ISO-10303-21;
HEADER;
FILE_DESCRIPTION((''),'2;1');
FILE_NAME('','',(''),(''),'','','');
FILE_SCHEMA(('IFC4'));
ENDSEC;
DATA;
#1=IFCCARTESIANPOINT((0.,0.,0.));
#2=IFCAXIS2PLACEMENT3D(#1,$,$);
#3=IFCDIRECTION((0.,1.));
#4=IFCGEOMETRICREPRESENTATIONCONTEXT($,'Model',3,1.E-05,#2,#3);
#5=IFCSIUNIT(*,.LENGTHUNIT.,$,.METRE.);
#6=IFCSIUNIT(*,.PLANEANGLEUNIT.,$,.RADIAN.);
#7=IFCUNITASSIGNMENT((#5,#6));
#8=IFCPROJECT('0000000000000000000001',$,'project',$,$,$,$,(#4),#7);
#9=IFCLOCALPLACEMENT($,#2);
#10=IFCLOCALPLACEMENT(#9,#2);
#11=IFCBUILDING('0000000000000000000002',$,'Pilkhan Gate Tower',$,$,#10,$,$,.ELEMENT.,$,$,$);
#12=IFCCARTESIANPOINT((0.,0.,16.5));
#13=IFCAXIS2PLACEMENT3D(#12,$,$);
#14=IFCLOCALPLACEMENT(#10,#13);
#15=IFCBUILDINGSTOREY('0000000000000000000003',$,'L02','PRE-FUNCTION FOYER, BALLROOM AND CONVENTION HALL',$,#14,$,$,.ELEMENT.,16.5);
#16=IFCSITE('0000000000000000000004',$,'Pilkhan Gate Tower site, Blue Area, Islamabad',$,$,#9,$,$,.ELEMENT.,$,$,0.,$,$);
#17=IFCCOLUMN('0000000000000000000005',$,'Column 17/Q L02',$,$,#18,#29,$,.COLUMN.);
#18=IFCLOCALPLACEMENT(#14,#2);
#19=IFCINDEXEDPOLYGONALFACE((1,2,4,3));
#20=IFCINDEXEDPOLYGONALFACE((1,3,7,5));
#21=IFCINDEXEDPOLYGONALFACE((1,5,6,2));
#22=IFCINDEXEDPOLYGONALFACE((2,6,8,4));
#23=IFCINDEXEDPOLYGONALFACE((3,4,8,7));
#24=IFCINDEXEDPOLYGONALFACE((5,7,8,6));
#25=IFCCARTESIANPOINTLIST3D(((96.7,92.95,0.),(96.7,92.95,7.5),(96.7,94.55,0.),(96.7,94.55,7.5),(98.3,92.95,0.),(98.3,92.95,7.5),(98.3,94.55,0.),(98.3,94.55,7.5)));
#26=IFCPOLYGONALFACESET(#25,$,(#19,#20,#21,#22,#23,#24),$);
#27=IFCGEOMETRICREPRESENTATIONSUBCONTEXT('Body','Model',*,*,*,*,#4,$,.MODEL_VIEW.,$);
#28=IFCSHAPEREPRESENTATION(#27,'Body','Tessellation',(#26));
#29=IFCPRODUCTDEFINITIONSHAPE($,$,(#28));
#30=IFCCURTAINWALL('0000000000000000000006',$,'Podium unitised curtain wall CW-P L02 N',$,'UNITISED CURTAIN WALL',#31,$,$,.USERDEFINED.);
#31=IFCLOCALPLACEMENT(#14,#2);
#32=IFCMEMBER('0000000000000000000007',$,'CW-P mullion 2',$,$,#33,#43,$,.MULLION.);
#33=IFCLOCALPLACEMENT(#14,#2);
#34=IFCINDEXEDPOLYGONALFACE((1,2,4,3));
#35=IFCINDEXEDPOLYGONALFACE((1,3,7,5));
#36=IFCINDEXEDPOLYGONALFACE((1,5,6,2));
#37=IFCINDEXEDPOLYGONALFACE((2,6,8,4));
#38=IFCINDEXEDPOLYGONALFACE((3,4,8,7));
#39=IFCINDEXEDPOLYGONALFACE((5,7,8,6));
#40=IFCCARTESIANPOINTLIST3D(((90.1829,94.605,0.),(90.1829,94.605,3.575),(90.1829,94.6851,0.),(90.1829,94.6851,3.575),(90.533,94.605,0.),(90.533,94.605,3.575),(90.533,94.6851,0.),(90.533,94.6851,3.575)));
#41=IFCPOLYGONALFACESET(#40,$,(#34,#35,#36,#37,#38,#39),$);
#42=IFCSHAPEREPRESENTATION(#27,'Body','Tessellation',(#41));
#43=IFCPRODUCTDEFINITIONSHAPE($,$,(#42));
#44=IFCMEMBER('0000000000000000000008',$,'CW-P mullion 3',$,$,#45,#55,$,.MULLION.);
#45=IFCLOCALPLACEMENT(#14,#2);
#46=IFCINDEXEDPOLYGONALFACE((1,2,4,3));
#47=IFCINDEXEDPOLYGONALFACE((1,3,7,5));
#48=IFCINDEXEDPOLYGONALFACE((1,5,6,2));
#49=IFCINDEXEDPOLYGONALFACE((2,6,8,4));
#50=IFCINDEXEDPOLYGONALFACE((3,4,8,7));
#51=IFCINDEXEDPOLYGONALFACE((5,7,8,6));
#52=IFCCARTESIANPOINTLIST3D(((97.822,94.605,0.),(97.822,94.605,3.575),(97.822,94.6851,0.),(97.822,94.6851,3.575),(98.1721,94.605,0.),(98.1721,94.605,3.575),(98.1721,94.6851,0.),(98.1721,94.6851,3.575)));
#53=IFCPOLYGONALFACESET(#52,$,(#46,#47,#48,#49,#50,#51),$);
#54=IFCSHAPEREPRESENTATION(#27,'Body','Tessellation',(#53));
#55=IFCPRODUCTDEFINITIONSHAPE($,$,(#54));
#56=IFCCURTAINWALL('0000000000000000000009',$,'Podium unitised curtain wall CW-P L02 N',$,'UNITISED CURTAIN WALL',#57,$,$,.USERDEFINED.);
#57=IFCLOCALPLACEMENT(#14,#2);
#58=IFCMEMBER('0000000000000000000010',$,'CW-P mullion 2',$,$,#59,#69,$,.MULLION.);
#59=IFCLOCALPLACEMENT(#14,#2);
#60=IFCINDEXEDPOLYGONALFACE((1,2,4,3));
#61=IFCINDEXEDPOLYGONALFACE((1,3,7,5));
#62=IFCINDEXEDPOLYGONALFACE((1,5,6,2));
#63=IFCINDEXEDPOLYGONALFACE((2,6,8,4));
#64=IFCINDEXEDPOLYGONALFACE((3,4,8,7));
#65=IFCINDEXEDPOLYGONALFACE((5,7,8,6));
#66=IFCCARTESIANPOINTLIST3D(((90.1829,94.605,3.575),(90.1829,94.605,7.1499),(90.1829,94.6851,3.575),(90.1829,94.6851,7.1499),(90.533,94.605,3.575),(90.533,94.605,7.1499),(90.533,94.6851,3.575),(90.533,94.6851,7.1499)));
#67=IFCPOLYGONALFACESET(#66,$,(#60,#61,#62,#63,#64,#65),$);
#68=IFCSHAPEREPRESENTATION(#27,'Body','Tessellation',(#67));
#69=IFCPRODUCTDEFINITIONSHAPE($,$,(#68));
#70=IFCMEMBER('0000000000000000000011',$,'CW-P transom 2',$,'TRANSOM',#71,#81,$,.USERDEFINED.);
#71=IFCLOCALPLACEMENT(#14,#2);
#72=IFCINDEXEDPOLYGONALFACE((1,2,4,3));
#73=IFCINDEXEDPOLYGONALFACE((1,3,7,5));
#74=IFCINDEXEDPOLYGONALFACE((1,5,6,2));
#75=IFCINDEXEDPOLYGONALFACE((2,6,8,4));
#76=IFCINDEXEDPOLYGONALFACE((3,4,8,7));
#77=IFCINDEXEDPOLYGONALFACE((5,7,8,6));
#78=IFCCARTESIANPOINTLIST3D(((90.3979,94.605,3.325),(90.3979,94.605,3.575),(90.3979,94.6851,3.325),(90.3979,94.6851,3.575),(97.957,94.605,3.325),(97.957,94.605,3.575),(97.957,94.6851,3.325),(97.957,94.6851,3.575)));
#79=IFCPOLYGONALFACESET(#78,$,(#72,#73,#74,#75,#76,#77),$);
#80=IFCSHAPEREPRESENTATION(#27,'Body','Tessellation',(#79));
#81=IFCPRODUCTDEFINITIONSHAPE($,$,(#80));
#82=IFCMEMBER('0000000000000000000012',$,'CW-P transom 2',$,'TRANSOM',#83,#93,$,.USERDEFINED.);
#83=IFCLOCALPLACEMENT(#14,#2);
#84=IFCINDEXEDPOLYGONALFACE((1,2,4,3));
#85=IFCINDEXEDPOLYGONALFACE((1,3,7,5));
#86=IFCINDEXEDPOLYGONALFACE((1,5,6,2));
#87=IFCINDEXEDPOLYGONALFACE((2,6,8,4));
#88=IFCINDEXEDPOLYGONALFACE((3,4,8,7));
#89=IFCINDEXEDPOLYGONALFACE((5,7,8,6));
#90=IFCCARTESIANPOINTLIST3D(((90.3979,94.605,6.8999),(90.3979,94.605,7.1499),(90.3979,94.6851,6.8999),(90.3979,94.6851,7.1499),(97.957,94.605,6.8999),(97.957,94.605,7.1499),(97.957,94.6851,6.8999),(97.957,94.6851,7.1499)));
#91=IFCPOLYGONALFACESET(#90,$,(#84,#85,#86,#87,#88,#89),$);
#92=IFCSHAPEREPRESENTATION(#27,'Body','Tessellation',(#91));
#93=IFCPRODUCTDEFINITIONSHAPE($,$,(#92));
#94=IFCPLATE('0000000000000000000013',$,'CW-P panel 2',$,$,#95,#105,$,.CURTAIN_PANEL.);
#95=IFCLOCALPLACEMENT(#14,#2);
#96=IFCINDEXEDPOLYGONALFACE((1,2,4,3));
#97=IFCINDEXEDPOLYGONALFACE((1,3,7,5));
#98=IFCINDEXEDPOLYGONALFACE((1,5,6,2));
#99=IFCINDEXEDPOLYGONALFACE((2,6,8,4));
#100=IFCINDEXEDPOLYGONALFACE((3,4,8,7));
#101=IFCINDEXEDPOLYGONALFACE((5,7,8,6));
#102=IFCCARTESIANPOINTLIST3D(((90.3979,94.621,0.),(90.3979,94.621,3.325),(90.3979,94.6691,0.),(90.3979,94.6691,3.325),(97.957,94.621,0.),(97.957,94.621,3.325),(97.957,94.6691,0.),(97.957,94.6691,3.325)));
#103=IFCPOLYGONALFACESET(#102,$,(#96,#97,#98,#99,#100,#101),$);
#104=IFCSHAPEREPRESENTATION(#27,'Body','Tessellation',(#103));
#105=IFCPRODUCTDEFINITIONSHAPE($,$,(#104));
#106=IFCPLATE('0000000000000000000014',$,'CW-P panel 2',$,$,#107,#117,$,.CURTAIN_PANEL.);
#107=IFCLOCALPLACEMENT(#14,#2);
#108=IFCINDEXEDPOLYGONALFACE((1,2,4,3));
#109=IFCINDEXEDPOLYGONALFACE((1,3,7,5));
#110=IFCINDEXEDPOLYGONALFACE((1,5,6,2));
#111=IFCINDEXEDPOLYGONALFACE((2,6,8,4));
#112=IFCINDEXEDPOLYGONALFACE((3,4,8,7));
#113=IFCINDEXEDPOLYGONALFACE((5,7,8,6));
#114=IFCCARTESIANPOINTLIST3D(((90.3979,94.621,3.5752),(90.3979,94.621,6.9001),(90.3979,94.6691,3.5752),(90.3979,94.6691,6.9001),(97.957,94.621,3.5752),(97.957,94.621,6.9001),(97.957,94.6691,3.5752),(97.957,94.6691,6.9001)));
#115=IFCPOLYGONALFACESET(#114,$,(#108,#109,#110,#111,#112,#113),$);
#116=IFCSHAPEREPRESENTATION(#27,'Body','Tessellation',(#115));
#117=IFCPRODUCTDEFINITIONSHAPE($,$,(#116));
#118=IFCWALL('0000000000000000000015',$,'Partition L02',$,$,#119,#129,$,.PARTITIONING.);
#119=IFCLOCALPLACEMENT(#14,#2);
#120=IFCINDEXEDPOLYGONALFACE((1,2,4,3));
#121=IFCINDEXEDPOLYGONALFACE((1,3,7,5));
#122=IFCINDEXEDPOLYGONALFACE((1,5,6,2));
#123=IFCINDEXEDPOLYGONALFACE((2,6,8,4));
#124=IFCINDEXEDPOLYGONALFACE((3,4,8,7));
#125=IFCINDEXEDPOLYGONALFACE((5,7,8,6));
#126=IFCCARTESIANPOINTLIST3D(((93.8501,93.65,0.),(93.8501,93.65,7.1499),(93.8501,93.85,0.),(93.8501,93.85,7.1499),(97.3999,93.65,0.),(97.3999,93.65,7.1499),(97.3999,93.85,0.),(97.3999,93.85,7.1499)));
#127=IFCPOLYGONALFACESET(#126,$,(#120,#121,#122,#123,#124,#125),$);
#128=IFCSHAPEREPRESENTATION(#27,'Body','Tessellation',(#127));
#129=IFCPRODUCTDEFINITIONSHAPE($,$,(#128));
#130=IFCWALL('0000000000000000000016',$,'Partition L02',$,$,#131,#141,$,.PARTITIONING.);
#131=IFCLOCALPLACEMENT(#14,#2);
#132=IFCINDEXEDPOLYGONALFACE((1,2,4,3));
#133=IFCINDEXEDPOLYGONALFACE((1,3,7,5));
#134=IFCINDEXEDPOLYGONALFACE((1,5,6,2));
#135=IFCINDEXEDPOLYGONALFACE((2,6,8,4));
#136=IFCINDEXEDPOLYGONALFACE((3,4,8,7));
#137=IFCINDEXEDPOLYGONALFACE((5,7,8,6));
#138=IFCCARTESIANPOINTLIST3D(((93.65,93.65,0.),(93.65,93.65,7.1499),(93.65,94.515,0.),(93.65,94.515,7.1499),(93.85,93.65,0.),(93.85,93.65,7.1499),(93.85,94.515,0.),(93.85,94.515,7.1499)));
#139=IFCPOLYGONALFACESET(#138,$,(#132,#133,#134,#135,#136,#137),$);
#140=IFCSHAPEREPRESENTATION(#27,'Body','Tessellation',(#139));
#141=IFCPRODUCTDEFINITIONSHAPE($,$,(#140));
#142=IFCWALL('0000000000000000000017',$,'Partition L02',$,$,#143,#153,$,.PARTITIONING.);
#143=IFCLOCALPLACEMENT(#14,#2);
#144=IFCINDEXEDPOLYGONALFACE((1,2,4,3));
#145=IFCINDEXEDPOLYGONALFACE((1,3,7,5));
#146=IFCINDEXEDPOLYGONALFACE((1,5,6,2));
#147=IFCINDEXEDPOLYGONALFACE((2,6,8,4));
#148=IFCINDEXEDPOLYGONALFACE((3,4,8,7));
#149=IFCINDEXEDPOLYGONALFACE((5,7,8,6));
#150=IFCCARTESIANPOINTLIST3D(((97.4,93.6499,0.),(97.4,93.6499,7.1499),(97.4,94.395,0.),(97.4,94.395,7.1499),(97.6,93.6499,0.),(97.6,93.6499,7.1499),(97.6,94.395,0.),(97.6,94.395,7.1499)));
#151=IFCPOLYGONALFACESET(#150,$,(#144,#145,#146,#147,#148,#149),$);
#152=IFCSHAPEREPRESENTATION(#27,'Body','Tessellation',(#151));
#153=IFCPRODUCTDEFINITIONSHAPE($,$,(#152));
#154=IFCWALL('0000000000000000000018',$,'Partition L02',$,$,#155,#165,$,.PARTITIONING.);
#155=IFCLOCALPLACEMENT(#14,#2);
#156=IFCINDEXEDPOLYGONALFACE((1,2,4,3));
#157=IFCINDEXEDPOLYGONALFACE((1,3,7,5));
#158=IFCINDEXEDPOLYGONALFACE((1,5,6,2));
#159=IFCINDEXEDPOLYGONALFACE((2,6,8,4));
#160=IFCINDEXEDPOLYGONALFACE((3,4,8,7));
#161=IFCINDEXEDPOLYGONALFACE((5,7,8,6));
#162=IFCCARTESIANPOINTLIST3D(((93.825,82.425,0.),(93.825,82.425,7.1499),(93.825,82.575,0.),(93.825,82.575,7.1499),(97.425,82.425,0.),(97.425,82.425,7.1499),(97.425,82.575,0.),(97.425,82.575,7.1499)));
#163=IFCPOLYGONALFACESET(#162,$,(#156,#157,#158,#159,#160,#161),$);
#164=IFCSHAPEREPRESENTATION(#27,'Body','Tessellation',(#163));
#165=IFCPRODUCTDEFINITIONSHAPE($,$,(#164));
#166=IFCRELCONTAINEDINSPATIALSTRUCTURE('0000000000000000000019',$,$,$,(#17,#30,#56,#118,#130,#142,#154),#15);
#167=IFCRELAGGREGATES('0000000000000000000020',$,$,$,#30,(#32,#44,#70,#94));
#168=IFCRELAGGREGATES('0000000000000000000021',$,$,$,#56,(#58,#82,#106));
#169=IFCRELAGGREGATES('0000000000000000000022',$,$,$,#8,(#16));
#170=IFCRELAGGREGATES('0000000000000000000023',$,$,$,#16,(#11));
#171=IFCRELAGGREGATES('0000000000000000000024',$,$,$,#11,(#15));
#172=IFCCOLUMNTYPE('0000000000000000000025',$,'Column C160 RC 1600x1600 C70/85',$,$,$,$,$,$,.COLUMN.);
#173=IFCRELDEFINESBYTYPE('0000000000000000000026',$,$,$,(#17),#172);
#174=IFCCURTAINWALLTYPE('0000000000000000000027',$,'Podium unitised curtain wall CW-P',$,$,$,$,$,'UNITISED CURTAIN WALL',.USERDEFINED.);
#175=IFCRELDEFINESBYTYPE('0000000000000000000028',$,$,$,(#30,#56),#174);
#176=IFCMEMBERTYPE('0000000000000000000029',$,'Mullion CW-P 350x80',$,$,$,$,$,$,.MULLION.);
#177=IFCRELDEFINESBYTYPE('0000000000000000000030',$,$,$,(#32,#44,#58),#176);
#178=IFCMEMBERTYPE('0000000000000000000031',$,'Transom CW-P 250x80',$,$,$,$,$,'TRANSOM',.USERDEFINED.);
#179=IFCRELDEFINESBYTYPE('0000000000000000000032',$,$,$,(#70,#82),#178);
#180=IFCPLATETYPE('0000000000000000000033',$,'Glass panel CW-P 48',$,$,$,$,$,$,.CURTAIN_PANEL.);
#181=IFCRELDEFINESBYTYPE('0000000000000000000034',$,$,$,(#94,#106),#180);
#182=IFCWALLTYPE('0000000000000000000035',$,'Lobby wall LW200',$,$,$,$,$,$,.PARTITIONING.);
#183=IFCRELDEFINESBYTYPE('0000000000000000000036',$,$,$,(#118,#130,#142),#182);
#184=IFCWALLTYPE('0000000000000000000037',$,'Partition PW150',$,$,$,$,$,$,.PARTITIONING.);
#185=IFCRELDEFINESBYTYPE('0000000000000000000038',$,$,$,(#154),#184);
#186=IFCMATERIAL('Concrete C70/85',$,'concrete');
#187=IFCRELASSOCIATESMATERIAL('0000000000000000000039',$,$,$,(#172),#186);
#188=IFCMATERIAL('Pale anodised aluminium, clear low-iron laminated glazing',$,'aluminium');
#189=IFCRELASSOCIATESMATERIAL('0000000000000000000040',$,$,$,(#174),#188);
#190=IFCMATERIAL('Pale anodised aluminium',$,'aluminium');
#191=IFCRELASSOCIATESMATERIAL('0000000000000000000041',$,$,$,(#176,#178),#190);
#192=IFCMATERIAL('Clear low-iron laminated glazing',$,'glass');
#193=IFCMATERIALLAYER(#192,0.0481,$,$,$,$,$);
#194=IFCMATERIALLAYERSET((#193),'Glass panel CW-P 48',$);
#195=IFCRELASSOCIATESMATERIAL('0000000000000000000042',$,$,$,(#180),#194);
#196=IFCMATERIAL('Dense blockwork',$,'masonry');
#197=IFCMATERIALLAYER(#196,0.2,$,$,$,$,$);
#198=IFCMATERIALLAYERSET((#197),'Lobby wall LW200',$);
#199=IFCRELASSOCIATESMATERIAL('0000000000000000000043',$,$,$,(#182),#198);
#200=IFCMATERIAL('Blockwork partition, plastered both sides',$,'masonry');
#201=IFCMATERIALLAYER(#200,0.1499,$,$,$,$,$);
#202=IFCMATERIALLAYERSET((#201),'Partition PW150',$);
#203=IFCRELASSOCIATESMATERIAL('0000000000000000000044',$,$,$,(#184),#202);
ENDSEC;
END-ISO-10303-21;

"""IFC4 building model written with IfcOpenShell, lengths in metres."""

from ifc_helpers import new_model, si_unit, direction, frame, frame_2d, origin, origin_2d, place, context, subcontext, project, spatial, rectangle, extrude, material, layer, layer_set, material_profile, profile_set, type_object, element, aggregate, save


model = new_model("IFC4")

# Units and contexts
model_context = context("Model", 3, precision=1e-05, world=origin(), true_north=direction((0.0, 1.0)))
body_context = subcontext(model_context, "Body", "Model", "MODEL_VIEW")
ifc_project = project(units=[si_unit("LENGTHUNIT", "METRE"), si_unit("PLANEANGLEUNIT", "RADIAN")], contexts=[model_context])

# Site, building, storey
site_placement = place(None, origin())
site = spatial("IfcSite", under=ifc_project, at=site_placement, Name="Pilkhan Gate Tower site, Blue Area, Islamabad", CompositionType="ELEMENT", RefElevation=0.0)
building_placement = place(site_placement, origin())
building = spatial("IfcBuilding", under=site, at=building_placement, Name="Pilkhan Gate Tower", CompositionType="ELEMENT")
storey_placement = place(building_placement, frame((0.0, 0.0, 16.5)))
storey = spatial("IfcBuildingStorey", under=building, at=storey_placement, Name="L02", Description="PRE-FUNCTION FOYER, BALLROOM AND CONVENTION HALL", CompositionType="ELEMENT", Elevation=16.5)

# Column
ifc_material_1 = material(Name="Concrete C70/85", Category="concrete")
ifc_material_profile_1 = material_profile(ifc_material_1, rectangle(XDim=1.6001, YDim=1.6001, at=origin_2d()), Name="RC 1600x1600")
ifc_profile_set_1 = profile_set([ifc_material_profile_1], Name="Concrete C70/85")
column_type = type_object("IfcColumnType", Name="Column C160 RC 1600x1600 C70/85", PredefinedType="COLUMN", material=ifc_profile_set_1)
column_placement = place(storey_placement, frame((97.5, 93.75, 0.0), z_axis=(0.0, 0.0, 1.0), x_axis=(1.0, 0.0, 0.0)))
element("IfcColumn", 1, at=column_placement, inside=storey, type_object=column_type, Name="Column 17/Q L02", PredefinedType="COLUMN", context=body_context, shape_type="SweptSolid", body=[
    extrude(rectangle(XDim=1.6001, YDim=1.6001, at=origin_2d()), origin(), (0.0, 0.0, 1.0), 7.5),
])

# Curtain wall, members
ifc_material_2 = material(Name="Pale anodised aluminium, clear low-iron laminated glazing", Category="aluminium")
curtain_wall_type = type_object("IfcCurtainWallType", Name="Podium unitised curtain wall CW-P", ElementType="UNITISED CURTAIN WALL", PredefinedType="USERDEFINED", material=ifc_material_2)
curtain_wall_1_placement = place(storey_placement, origin())
curtain_wall_1 = element("IfcCurtainWall", 2, at=curtain_wall_1_placement, inside=storey, type_object=curtain_wall_type, Name="Podium unitised curtain wall CW-P L02 N", ObjectType="UNITISED CURTAIN WALL", PredefinedType="USERDEFINED")
ifc_material_3 = material(Name="Pale anodised aluminium", Category="aluminium")
ifc_material_profile_2 = material_profile(ifc_material_3, rectangle(XDim=0.0801, YDim=0.3501, at=origin_2d()), Name="Mullion 350x80")
ifc_profile_set_2 = profile_set([ifc_material_profile_2], Name="Pale anodised aluminium")
member_type_1 = type_object("IfcMemberType", Name="Mullion CW-P 350x80", PredefinedType="MULLION", material=ifc_profile_set_2)
member_1_placement = place(storey_placement, frame((90.3579, 94.645, 0.0), z_axis=(0.0, 0.0, 1.0), x_axis=(0.0, 1.0, 0.0)))
member_1 = element("IfcMember", 3, at=member_1_placement, type_object=member_type_1, Name="CW-P mullion 2", PredefinedType="MULLION", context=body_context, shape_type="SweptSolid", body=[
    extrude(rectangle(XDim=0.0801, YDim=0.3501, at=origin_2d()), origin(), (0.0, 0.0, 1.0), 3.575),
])
member_2_placement = place(storey_placement, frame((97.9971, 94.645, 0.0), z_axis=(0.0, 0.0, 1.0), x_axis=(0.0, 1.0, 0.0)))
member_2 = element("IfcMember", 4, at=member_2_placement, type_object=member_type_1, Name="CW-P mullion 3", PredefinedType="MULLION", context=body_context, shape_type="SweptSolid", body=[
    extrude(rectangle(XDim=0.0801, YDim=0.3501, at=origin_2d()), origin(), (0.0, 0.0, 1.0), 3.575),
])

# Curtain wall, member
curtain_wall_2_placement = place(storey_placement, origin())
curtain_wall_2 = element("IfcCurtainWall", 5, at=curtain_wall_2_placement, inside=storey, type_object=curtain_wall_type, Name="Podium unitised curtain wall CW-P L02 N", ObjectType="UNITISED CURTAIN WALL", PredefinedType="USERDEFINED")
member_3_placement = place(storey_placement, frame((90.3579, 94.645, 3.575), z_axis=(0.0, 0.0, 1.0), x_axis=(0.0, 1.0, 0.0)))
member_3 = element("IfcMember", 6, at=member_3_placement, type_object=member_type_1, Name="CW-P mullion 2", PredefinedType="MULLION", context=body_context, shape_type="SweptSolid", body=[
    extrude(rectangle(XDim=0.0801, YDim=0.3501, at=origin_2d()), origin(), (0.0, 0.0, 1.0), 3.575),
])

# Members
ifc_material_profile_3 = material_profile(ifc_material_3, rectangle(XDim=0.0801, YDim=0.25, at=origin_2d()), Name="Transom 250x80")
ifc_profile_set_3 = profile_set([ifc_material_profile_3], Name="Pale anodised aluminium")
member_type_2 = type_object("IfcMemberType", Name="Transom CW-P 250x80", ElementType="TRANSOM", PredefinedType="USERDEFINED", material=ifc_profile_set_3)
member_4_placement = place(storey_placement, frame((90.3979, 94.645, 3.45), z_axis=(1.0, 0.0, 0.0), x_axis=(0.0, 1.0, 0.0)))
member_4 = element("IfcMember", 7, at=member_4_placement, type_object=member_type_2, Name="CW-P transom 2", ObjectType="TRANSOM", PredefinedType="USERDEFINED", context=body_context, shape_type="SweptSolid", body=[
    extrude(rectangle(XDim=0.0801, YDim=0.25, at=origin_2d()), origin(), (0.0, 0.0, 1.0), 7.5591),
])
member_5_placement = place(storey_placement, frame((90.3979, 94.645, 7.0249), z_axis=(1.0, 0.0, 0.0), x_axis=(0.0, 1.0, 0.0)))
member_5 = element("IfcMember", 8, at=member_5_placement, type_object=member_type_2, Name="CW-P transom 2", ObjectType="TRANSOM", PredefinedType="USERDEFINED", context=body_context, shape_type="SweptSolid", body=[
    extrude(rectangle(XDim=0.0801, YDim=0.25, at=origin_2d()), origin(), (0.0, 0.0, 1.0), 7.5591),
])

# Plates
ifc_material_4 = material(Name="Clear low-iron laminated glazing", Category="glass")
ifc_layer_1 = layer(ifc_material_4, 0.0481)
ifc_layer_set_1 = layer_set([ifc_layer_1], Name="Glass panel CW-P 48")
plate_type = type_object("IfcPlateType", Name="Glass panel CW-P 48", PredefinedType="CURTAIN_PANEL", material=ifc_layer_set_1)
plate_1_placement = place(storey_placement, frame((94.1775, 94.645, 0.0), z_axis=(0.0, 0.0, 1.0), x_axis=(1.0, 0.0, 0.0)))
plate_1 = element("IfcPlate", 9, at=plate_1_placement, type_object=plate_type, Name="CW-P panel 2", PredefinedType="CURTAIN_PANEL", context=body_context, shape_type="SweptSolid", body=[
    extrude(rectangle(XDim=7.5591, YDim=0.0481, at=origin_2d()), origin(), (0.0, 0.0, 1.0), 3.325),
])
aggregate(curtain_wall_1, [member_1, member_2, member_4, plate_1])
plate_2_placement = place(storey_placement, frame((94.1775, 94.645, 3.5752), z_axis=(0.0, 0.0, 1.0), x_axis=(1.0, 0.0, 0.0)))
plate_2 = element("IfcPlate", 10, at=plate_2_placement, type_object=plate_type, Name="CW-P panel 2", PredefinedType="CURTAIN_PANEL", context=body_context, shape_type="SweptSolid", body=[
    extrude(rectangle(XDim=7.5591, YDim=0.0481, at=origin_2d()), origin(), (0.0, 0.0, 1.0), 3.325),
])
aggregate(curtain_wall_2, [member_3, member_5, plate_2])

# Walls
ifc_material_5 = material(Name="Dense blockwork", Category="masonry")
ifc_layer_2 = layer(ifc_material_5, 0.2)
ifc_layer_set_2 = layer_set([ifc_layer_2], Name="Lobby wall LW200")
wall_type_1 = type_object("IfcWallType", Name="Lobby wall LW200", PredefinedType="PARTITIONING", material=ifc_layer_set_2)
wall_1_placement = place(storey_placement, frame((93.8501, 93.75, 0.0), z_axis=(0.0, 0.0, 1.0), x_axis=(1.0, 0.0, 0.0)))
element("IfcWall", 11, at=wall_1_placement, inside=storey, type_object=wall_type_1, Name="Partition L02", PredefinedType="PARTITIONING", context=body_context, shape_type="SweptSolid", body=[
    extrude(rectangle(XDim=3.5498, YDim=0.2, at=frame_2d((1.7749, 0.0))), origin(), (0.0, 0.0, 1.0), 7.1499),
])
wall_2_placement = place(storey_placement, frame((93.75, 93.6499, 0.0), z_axis=(0.0, 0.0, 1.0), x_axis=(0.0, 1.0, 0.0)))
element("IfcWall", 12, at=wall_2_placement, inside=storey, type_object=wall_type_1, Name="Partition L02", PredefinedType="PARTITIONING", context=body_context, shape_type="SweptSolid", body=[
    extrude(rectangle(XDim=0.865, YDim=0.2, at=frame_2d((0.4326, 0.0))), origin(), (0.0, 0.0, 1.0), 7.1499),
])
wall_3_placement = place(storey_placement, frame((97.5, 93.6499, 0.0), z_axis=(0.0, 0.0, 1.0), x_axis=(0.0, 1.0, 0.0)))
element("IfcWall", 13, at=wall_3_placement, inside=storey, type_object=wall_type_1, Name="Partition L02", PredefinedType="PARTITIONING", context=body_context, shape_type="SweptSolid", body=[
    extrude(rectangle(XDim=0.7451, YDim=0.2, at=frame_2d((0.3726, 0.0))), origin(), (0.0, 0.0, 1.0), 7.1499),
])
ifc_material_6 = material(Name="Blockwork partition, plastered both sides", Category="masonry")
ifc_layer_3 = layer(ifc_material_6, 0.1499)
ifc_layer_set_3 = layer_set([ifc_layer_3], Name="Partition PW150")
wall_type_2 = type_object("IfcWallType", Name="Partition PW150", PredefinedType="PARTITIONING", material=ifc_layer_set_3)
wall_4_placement = place(storey_placement, frame((93.825, 82.5, 0.0), z_axis=(0.0, 0.0, 1.0), x_axis=(1.0, 0.0, 0.0)))
element("IfcWall", 14, at=wall_4_placement, inside=storey, type_object=wall_type_2, Name="Partition L02", PredefinedType="PARTITIONING", context=body_context, shape_type="SweptSolid", body=[
    extrude(rectangle(XDim=3.6001, YDim=0.1499, at=frame_2d((1.8, 0.0))), origin(), (0.0, 0.0, 1.0), 7.1499),
])

save(model, "model.ifc")
